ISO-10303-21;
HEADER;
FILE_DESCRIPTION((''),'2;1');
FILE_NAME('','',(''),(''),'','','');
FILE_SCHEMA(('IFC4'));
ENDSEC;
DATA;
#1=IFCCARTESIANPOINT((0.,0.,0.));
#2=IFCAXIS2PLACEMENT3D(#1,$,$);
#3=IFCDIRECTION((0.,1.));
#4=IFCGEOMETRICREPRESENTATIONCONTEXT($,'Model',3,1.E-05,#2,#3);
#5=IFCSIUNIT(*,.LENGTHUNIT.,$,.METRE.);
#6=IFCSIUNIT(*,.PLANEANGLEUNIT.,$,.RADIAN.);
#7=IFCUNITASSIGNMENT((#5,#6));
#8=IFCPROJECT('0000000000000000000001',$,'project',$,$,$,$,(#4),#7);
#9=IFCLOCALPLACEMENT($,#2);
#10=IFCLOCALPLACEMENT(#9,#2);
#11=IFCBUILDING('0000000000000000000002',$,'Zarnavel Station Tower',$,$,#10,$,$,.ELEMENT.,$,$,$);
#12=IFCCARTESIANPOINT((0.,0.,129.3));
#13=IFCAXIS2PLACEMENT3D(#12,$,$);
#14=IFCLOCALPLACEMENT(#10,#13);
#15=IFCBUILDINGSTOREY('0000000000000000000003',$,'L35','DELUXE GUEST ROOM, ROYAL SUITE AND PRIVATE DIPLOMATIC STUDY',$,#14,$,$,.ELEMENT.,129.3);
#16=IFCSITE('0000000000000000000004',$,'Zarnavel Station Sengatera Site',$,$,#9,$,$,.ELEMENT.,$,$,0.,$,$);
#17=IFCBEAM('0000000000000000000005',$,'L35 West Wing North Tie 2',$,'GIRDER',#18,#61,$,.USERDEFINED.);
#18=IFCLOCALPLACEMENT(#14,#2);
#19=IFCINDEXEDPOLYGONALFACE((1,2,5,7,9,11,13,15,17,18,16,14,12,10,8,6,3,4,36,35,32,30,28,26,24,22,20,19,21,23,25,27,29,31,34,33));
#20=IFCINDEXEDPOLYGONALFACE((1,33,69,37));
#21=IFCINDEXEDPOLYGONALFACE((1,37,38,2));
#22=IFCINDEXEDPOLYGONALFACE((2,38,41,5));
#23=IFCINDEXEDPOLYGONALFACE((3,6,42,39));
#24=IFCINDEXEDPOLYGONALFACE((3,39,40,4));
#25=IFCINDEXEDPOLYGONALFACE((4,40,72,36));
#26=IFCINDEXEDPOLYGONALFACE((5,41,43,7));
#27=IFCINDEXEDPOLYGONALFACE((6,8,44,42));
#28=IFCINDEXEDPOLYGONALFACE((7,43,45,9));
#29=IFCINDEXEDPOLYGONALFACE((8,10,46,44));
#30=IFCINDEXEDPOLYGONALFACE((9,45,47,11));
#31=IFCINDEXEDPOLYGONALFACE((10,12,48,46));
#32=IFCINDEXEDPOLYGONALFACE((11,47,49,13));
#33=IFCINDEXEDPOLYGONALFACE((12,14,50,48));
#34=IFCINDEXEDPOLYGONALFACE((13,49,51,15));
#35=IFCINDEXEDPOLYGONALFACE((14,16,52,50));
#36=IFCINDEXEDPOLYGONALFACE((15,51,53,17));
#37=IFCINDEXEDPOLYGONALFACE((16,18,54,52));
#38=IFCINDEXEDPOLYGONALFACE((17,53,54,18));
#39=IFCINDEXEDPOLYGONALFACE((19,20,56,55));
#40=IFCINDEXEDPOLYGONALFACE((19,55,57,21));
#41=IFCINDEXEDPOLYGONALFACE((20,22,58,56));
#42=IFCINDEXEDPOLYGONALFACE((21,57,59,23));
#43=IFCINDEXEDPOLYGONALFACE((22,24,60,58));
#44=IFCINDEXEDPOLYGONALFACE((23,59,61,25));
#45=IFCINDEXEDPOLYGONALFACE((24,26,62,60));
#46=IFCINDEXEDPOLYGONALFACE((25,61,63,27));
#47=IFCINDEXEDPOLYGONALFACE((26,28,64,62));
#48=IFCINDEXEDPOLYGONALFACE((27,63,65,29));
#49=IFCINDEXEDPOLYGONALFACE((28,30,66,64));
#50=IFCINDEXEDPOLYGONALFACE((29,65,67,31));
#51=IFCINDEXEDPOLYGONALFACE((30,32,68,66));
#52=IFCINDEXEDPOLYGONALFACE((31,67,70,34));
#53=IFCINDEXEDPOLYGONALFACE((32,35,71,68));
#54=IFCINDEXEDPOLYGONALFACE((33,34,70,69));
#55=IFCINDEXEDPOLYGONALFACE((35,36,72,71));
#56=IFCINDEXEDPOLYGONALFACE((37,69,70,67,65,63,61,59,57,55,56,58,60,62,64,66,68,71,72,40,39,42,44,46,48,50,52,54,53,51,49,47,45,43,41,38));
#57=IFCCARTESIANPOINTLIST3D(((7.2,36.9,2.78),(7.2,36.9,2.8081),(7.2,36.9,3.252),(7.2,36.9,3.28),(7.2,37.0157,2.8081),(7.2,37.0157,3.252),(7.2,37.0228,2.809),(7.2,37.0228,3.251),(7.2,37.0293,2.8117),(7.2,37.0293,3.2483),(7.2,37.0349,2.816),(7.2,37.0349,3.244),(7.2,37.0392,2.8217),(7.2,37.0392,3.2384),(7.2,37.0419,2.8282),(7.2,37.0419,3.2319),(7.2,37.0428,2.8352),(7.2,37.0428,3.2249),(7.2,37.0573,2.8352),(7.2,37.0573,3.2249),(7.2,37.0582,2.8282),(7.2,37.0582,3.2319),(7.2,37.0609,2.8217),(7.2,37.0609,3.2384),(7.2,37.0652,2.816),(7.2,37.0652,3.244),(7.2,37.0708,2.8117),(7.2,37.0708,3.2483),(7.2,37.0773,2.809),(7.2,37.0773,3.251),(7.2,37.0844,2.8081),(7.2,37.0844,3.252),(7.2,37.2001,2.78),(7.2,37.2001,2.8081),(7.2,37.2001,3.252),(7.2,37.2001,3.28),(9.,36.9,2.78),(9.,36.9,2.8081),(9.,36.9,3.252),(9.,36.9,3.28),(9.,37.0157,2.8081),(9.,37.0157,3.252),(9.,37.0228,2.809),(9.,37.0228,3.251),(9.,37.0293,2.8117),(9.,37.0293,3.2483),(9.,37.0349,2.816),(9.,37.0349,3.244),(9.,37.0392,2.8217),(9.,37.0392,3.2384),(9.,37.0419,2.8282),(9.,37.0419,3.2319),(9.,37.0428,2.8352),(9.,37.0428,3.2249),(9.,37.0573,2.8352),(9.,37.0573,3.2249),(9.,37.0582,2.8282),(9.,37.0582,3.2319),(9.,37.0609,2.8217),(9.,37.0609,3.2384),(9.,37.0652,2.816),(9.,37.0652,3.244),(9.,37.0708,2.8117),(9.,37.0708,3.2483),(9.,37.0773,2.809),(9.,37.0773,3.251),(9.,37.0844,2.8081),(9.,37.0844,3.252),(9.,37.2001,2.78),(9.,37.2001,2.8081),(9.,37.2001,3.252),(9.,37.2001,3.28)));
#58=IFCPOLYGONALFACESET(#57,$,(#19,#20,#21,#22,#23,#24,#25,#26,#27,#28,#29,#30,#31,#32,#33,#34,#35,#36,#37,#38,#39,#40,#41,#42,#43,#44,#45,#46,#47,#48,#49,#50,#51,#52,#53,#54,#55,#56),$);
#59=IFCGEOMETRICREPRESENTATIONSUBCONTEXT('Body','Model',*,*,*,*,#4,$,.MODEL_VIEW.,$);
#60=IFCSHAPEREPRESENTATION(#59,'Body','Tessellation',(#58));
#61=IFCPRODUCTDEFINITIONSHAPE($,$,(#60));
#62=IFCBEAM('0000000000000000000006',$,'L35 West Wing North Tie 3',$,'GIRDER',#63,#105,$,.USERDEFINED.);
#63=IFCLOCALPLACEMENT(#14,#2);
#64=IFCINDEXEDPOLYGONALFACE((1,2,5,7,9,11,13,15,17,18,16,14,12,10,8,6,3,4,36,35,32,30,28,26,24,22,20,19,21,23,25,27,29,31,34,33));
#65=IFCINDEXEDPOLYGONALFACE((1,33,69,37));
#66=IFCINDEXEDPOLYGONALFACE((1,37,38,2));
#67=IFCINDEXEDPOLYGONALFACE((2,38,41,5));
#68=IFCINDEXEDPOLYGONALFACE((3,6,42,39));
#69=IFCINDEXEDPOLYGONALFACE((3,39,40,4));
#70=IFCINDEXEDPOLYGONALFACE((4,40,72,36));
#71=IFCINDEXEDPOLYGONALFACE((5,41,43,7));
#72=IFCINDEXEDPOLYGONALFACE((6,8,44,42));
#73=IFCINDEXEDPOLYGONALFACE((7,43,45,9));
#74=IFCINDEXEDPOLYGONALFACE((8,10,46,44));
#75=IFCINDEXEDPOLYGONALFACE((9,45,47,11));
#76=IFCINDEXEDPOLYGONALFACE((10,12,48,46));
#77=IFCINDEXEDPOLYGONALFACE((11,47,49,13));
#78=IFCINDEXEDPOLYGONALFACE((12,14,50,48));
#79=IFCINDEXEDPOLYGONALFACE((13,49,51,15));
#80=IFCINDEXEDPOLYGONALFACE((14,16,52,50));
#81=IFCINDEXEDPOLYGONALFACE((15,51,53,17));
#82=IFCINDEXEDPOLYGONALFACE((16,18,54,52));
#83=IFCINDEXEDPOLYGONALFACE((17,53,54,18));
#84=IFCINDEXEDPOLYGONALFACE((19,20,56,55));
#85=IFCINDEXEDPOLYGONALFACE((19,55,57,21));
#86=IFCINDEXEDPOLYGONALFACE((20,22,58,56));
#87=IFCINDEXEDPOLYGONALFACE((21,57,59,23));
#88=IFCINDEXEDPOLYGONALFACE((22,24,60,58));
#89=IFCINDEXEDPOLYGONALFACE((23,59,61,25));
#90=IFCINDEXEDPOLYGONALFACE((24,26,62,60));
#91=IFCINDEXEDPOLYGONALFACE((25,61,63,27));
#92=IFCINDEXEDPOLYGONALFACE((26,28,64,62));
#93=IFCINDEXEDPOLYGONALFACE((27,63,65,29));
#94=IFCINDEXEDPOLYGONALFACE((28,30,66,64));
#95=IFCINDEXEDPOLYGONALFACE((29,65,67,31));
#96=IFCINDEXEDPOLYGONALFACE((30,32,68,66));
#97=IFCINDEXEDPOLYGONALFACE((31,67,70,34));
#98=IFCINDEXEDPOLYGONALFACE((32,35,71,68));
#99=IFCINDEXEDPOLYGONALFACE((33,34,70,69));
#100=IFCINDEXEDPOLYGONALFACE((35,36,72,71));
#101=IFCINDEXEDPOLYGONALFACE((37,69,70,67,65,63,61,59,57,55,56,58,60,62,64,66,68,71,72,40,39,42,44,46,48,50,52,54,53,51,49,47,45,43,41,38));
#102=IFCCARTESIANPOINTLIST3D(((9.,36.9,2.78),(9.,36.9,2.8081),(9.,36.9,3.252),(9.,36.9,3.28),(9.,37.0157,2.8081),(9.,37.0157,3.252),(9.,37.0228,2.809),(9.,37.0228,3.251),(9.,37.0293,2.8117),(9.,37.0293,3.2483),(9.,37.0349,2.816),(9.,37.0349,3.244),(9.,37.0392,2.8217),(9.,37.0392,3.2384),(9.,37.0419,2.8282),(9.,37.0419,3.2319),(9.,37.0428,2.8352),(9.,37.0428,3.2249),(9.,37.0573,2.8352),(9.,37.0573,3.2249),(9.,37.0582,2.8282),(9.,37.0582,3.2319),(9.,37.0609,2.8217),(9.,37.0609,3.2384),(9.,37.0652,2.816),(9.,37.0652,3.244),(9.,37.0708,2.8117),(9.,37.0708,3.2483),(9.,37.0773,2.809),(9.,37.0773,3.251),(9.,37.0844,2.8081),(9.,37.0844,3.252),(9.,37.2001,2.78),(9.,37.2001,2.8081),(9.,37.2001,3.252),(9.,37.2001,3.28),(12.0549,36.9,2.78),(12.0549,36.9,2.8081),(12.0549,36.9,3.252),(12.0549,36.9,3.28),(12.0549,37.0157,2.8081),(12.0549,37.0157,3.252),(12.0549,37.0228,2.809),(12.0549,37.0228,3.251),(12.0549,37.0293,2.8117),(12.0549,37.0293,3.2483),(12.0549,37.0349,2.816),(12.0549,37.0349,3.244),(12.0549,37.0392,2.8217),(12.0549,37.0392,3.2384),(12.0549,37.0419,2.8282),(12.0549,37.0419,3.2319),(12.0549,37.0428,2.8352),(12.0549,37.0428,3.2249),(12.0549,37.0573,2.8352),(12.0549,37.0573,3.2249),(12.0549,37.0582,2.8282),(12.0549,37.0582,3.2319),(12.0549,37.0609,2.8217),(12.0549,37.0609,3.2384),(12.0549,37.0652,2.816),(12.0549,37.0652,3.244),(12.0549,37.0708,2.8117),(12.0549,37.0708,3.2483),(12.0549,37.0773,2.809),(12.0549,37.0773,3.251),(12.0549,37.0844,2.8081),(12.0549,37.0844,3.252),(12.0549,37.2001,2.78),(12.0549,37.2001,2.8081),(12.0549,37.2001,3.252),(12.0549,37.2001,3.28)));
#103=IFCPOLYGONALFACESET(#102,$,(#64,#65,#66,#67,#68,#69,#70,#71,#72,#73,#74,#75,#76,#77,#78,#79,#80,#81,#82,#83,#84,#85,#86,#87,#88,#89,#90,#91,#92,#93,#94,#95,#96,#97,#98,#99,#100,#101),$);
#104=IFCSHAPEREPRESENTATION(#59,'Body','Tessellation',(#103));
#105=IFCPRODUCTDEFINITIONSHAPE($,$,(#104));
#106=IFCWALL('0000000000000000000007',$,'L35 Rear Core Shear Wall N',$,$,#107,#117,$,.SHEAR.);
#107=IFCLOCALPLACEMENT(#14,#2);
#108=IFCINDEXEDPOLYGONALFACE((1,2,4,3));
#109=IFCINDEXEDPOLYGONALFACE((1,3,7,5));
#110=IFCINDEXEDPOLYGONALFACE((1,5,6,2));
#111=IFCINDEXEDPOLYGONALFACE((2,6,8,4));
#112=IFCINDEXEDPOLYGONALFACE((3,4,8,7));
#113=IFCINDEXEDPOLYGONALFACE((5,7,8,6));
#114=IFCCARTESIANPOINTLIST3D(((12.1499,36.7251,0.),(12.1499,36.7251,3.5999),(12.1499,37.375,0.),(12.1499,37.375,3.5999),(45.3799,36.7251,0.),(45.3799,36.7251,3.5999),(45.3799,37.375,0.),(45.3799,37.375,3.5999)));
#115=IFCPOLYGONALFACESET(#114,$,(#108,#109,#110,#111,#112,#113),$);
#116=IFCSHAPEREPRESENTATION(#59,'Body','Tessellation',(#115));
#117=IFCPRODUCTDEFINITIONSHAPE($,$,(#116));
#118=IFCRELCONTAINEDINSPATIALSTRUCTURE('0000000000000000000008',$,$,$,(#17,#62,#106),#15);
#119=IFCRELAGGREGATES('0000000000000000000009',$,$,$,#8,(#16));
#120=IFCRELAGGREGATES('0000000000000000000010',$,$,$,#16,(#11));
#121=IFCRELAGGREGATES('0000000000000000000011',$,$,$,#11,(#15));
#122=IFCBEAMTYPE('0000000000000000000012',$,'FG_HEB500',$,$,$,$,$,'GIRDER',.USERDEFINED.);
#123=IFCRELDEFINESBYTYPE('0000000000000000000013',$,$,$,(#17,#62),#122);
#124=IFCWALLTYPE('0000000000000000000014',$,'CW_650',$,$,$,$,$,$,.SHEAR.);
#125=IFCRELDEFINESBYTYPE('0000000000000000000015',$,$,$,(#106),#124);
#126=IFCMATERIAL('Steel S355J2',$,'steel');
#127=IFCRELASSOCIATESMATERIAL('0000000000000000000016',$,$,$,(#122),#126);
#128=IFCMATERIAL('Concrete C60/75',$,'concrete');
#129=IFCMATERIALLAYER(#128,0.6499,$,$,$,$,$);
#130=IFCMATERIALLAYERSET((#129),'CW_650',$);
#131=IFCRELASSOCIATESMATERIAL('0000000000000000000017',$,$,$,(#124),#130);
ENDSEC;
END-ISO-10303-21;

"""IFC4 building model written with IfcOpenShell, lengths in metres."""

from ifc_helpers import new_model, si_unit, direction, frame, frame_2d, origin, origin_2d, place, context, subcontext, project, spatial, rectangle, i_section, extrude, material, layer, layer_set, material_profile, profile_set, type_object, element, save


model = new_model("IFC4")

# Units and contexts
model_context = context("Model", 3, precision=1e-05, world=origin(), true_north=direction((0.0, 1.0)))
body_context = subcontext(model_context, "Body", "Model", "MODEL_VIEW")
ifc_project = project(units=[si_unit("LENGTHUNIT", "METRE"), si_unit("PLANEANGLEUNIT", "RADIAN")], contexts=[model_context])

# Site, building, storey
site_placement = place(None, origin())
site = spatial("IfcSite", under=ifc_project, at=site_placement, Name="Zarnavel Station Sengatera Site", CompositionType="ELEMENT", RefElevation=0.0)
building_placement = place(site_placement, origin())
building = spatial("IfcBuilding", under=site, at=building_placement, Name="Zarnavel Station Tower", CompositionType="ELEMENT")
storey_placement = place(building_placement, frame((0.0, 0.0, 129.3)))
storey = spatial("IfcBuildingStorey", under=building, at=storey_placement, Name="L35", Description="DELUXE GUEST ROOM, ROYAL SUITE AND PRIVATE DIPLOMATIC STUDY", CompositionType="ELEMENT", Elevation=129.3)

# Beams
ifc_material_1 = material(Name="Steel S355J2", Category="steel")
ifc_material_profile_1 = material_profile(ifc_material_1, i_section(OverallWidth=0.3, OverallDepth=0.5, WebThickness=0.0144, FlangeThickness=0.0281, FilletRadius=0.0271, at=origin_2d()), Name="HEB500")
ifc_profile_set_1 = profile_set([ifc_material_profile_1], Name="Steel S355J2")
beam_type = type_object("IfcBeamType", Name="FG_HEB500", ElementType="GIRDER", PredefinedType="USERDEFINED", material=ifc_profile_set_1)
beam_1_placement = place(storey_placement, frame((7.2, 37.05, 3.03), z_axis=(1.0, 0.0, 0.0), x_axis=(0.0, 1.0, 0.0)))
element("IfcBeam", 1, at=beam_1_placement, inside=storey, type_object=beam_type, Name="L35 West Wing North Tie 2", ObjectType="GIRDER", PredefinedType="USERDEFINED", context=body_context, shape_type="SweptSolid", body=[
    extrude(i_section(OverallWidth=0.3, OverallDepth=0.5, WebThickness=0.0144, FlangeThickness=0.0281, FilletRadius=0.0271, at=origin_2d()), origin(), (0.0, 0.0, 1.0), 1.8),
])
beam_2_placement = place(storey_placement, frame((9.0, 37.05, 3.03), z_axis=(1.0, 0.0, 0.0), x_axis=(0.0, 1.0, 0.0)))
element("IfcBeam", 2, at=beam_2_placement, inside=storey, type_object=beam_type, Name="L35 West Wing North Tie 3", ObjectType="GIRDER", PredefinedType="USERDEFINED", context=body_context, shape_type="SweptSolid", body=[
    extrude(i_section(OverallWidth=0.3, OverallDepth=0.5, WebThickness=0.0144, FlangeThickness=0.0281, FilletRadius=0.0271, at=origin_2d()), origin(), (0.0, 0.0, 1.0), 3.0549),
])

# Wall
ifc_material_2 = material(Name="Concrete C60/75", Category="concrete")
ifc_layer_1 = layer(ifc_material_2, 0.6499)
ifc_layer_set_1 = layer_set([ifc_layer_1], Name="CW_650")
wall_type_1 = type_object("IfcWallType", Name="CW_650", PredefinedType="SHEAR", material=ifc_layer_set_1)
wall_1_placement = place(storey_placement, frame((12.1499, 37.05, 0.0), z_axis=(0.0, 0.0, 1.0), x_axis=(1.0, 0.0, 0.0)))
element("IfcWall", 3, at=wall_1_placement, inside=storey, type_object=wall_type_1, Name="L35 Rear Core Shear Wall N", PredefinedType="SHEAR", context=body_context, shape_type="SweptSolid", body=[
    extrude(rectangle(XDim=33.23, YDim=0.6499, at=frame_2d((16.615, 0.0))), origin(), (0.0, 0.0, 1.0), 3.5999),
])

save(model, "model.ifc")
